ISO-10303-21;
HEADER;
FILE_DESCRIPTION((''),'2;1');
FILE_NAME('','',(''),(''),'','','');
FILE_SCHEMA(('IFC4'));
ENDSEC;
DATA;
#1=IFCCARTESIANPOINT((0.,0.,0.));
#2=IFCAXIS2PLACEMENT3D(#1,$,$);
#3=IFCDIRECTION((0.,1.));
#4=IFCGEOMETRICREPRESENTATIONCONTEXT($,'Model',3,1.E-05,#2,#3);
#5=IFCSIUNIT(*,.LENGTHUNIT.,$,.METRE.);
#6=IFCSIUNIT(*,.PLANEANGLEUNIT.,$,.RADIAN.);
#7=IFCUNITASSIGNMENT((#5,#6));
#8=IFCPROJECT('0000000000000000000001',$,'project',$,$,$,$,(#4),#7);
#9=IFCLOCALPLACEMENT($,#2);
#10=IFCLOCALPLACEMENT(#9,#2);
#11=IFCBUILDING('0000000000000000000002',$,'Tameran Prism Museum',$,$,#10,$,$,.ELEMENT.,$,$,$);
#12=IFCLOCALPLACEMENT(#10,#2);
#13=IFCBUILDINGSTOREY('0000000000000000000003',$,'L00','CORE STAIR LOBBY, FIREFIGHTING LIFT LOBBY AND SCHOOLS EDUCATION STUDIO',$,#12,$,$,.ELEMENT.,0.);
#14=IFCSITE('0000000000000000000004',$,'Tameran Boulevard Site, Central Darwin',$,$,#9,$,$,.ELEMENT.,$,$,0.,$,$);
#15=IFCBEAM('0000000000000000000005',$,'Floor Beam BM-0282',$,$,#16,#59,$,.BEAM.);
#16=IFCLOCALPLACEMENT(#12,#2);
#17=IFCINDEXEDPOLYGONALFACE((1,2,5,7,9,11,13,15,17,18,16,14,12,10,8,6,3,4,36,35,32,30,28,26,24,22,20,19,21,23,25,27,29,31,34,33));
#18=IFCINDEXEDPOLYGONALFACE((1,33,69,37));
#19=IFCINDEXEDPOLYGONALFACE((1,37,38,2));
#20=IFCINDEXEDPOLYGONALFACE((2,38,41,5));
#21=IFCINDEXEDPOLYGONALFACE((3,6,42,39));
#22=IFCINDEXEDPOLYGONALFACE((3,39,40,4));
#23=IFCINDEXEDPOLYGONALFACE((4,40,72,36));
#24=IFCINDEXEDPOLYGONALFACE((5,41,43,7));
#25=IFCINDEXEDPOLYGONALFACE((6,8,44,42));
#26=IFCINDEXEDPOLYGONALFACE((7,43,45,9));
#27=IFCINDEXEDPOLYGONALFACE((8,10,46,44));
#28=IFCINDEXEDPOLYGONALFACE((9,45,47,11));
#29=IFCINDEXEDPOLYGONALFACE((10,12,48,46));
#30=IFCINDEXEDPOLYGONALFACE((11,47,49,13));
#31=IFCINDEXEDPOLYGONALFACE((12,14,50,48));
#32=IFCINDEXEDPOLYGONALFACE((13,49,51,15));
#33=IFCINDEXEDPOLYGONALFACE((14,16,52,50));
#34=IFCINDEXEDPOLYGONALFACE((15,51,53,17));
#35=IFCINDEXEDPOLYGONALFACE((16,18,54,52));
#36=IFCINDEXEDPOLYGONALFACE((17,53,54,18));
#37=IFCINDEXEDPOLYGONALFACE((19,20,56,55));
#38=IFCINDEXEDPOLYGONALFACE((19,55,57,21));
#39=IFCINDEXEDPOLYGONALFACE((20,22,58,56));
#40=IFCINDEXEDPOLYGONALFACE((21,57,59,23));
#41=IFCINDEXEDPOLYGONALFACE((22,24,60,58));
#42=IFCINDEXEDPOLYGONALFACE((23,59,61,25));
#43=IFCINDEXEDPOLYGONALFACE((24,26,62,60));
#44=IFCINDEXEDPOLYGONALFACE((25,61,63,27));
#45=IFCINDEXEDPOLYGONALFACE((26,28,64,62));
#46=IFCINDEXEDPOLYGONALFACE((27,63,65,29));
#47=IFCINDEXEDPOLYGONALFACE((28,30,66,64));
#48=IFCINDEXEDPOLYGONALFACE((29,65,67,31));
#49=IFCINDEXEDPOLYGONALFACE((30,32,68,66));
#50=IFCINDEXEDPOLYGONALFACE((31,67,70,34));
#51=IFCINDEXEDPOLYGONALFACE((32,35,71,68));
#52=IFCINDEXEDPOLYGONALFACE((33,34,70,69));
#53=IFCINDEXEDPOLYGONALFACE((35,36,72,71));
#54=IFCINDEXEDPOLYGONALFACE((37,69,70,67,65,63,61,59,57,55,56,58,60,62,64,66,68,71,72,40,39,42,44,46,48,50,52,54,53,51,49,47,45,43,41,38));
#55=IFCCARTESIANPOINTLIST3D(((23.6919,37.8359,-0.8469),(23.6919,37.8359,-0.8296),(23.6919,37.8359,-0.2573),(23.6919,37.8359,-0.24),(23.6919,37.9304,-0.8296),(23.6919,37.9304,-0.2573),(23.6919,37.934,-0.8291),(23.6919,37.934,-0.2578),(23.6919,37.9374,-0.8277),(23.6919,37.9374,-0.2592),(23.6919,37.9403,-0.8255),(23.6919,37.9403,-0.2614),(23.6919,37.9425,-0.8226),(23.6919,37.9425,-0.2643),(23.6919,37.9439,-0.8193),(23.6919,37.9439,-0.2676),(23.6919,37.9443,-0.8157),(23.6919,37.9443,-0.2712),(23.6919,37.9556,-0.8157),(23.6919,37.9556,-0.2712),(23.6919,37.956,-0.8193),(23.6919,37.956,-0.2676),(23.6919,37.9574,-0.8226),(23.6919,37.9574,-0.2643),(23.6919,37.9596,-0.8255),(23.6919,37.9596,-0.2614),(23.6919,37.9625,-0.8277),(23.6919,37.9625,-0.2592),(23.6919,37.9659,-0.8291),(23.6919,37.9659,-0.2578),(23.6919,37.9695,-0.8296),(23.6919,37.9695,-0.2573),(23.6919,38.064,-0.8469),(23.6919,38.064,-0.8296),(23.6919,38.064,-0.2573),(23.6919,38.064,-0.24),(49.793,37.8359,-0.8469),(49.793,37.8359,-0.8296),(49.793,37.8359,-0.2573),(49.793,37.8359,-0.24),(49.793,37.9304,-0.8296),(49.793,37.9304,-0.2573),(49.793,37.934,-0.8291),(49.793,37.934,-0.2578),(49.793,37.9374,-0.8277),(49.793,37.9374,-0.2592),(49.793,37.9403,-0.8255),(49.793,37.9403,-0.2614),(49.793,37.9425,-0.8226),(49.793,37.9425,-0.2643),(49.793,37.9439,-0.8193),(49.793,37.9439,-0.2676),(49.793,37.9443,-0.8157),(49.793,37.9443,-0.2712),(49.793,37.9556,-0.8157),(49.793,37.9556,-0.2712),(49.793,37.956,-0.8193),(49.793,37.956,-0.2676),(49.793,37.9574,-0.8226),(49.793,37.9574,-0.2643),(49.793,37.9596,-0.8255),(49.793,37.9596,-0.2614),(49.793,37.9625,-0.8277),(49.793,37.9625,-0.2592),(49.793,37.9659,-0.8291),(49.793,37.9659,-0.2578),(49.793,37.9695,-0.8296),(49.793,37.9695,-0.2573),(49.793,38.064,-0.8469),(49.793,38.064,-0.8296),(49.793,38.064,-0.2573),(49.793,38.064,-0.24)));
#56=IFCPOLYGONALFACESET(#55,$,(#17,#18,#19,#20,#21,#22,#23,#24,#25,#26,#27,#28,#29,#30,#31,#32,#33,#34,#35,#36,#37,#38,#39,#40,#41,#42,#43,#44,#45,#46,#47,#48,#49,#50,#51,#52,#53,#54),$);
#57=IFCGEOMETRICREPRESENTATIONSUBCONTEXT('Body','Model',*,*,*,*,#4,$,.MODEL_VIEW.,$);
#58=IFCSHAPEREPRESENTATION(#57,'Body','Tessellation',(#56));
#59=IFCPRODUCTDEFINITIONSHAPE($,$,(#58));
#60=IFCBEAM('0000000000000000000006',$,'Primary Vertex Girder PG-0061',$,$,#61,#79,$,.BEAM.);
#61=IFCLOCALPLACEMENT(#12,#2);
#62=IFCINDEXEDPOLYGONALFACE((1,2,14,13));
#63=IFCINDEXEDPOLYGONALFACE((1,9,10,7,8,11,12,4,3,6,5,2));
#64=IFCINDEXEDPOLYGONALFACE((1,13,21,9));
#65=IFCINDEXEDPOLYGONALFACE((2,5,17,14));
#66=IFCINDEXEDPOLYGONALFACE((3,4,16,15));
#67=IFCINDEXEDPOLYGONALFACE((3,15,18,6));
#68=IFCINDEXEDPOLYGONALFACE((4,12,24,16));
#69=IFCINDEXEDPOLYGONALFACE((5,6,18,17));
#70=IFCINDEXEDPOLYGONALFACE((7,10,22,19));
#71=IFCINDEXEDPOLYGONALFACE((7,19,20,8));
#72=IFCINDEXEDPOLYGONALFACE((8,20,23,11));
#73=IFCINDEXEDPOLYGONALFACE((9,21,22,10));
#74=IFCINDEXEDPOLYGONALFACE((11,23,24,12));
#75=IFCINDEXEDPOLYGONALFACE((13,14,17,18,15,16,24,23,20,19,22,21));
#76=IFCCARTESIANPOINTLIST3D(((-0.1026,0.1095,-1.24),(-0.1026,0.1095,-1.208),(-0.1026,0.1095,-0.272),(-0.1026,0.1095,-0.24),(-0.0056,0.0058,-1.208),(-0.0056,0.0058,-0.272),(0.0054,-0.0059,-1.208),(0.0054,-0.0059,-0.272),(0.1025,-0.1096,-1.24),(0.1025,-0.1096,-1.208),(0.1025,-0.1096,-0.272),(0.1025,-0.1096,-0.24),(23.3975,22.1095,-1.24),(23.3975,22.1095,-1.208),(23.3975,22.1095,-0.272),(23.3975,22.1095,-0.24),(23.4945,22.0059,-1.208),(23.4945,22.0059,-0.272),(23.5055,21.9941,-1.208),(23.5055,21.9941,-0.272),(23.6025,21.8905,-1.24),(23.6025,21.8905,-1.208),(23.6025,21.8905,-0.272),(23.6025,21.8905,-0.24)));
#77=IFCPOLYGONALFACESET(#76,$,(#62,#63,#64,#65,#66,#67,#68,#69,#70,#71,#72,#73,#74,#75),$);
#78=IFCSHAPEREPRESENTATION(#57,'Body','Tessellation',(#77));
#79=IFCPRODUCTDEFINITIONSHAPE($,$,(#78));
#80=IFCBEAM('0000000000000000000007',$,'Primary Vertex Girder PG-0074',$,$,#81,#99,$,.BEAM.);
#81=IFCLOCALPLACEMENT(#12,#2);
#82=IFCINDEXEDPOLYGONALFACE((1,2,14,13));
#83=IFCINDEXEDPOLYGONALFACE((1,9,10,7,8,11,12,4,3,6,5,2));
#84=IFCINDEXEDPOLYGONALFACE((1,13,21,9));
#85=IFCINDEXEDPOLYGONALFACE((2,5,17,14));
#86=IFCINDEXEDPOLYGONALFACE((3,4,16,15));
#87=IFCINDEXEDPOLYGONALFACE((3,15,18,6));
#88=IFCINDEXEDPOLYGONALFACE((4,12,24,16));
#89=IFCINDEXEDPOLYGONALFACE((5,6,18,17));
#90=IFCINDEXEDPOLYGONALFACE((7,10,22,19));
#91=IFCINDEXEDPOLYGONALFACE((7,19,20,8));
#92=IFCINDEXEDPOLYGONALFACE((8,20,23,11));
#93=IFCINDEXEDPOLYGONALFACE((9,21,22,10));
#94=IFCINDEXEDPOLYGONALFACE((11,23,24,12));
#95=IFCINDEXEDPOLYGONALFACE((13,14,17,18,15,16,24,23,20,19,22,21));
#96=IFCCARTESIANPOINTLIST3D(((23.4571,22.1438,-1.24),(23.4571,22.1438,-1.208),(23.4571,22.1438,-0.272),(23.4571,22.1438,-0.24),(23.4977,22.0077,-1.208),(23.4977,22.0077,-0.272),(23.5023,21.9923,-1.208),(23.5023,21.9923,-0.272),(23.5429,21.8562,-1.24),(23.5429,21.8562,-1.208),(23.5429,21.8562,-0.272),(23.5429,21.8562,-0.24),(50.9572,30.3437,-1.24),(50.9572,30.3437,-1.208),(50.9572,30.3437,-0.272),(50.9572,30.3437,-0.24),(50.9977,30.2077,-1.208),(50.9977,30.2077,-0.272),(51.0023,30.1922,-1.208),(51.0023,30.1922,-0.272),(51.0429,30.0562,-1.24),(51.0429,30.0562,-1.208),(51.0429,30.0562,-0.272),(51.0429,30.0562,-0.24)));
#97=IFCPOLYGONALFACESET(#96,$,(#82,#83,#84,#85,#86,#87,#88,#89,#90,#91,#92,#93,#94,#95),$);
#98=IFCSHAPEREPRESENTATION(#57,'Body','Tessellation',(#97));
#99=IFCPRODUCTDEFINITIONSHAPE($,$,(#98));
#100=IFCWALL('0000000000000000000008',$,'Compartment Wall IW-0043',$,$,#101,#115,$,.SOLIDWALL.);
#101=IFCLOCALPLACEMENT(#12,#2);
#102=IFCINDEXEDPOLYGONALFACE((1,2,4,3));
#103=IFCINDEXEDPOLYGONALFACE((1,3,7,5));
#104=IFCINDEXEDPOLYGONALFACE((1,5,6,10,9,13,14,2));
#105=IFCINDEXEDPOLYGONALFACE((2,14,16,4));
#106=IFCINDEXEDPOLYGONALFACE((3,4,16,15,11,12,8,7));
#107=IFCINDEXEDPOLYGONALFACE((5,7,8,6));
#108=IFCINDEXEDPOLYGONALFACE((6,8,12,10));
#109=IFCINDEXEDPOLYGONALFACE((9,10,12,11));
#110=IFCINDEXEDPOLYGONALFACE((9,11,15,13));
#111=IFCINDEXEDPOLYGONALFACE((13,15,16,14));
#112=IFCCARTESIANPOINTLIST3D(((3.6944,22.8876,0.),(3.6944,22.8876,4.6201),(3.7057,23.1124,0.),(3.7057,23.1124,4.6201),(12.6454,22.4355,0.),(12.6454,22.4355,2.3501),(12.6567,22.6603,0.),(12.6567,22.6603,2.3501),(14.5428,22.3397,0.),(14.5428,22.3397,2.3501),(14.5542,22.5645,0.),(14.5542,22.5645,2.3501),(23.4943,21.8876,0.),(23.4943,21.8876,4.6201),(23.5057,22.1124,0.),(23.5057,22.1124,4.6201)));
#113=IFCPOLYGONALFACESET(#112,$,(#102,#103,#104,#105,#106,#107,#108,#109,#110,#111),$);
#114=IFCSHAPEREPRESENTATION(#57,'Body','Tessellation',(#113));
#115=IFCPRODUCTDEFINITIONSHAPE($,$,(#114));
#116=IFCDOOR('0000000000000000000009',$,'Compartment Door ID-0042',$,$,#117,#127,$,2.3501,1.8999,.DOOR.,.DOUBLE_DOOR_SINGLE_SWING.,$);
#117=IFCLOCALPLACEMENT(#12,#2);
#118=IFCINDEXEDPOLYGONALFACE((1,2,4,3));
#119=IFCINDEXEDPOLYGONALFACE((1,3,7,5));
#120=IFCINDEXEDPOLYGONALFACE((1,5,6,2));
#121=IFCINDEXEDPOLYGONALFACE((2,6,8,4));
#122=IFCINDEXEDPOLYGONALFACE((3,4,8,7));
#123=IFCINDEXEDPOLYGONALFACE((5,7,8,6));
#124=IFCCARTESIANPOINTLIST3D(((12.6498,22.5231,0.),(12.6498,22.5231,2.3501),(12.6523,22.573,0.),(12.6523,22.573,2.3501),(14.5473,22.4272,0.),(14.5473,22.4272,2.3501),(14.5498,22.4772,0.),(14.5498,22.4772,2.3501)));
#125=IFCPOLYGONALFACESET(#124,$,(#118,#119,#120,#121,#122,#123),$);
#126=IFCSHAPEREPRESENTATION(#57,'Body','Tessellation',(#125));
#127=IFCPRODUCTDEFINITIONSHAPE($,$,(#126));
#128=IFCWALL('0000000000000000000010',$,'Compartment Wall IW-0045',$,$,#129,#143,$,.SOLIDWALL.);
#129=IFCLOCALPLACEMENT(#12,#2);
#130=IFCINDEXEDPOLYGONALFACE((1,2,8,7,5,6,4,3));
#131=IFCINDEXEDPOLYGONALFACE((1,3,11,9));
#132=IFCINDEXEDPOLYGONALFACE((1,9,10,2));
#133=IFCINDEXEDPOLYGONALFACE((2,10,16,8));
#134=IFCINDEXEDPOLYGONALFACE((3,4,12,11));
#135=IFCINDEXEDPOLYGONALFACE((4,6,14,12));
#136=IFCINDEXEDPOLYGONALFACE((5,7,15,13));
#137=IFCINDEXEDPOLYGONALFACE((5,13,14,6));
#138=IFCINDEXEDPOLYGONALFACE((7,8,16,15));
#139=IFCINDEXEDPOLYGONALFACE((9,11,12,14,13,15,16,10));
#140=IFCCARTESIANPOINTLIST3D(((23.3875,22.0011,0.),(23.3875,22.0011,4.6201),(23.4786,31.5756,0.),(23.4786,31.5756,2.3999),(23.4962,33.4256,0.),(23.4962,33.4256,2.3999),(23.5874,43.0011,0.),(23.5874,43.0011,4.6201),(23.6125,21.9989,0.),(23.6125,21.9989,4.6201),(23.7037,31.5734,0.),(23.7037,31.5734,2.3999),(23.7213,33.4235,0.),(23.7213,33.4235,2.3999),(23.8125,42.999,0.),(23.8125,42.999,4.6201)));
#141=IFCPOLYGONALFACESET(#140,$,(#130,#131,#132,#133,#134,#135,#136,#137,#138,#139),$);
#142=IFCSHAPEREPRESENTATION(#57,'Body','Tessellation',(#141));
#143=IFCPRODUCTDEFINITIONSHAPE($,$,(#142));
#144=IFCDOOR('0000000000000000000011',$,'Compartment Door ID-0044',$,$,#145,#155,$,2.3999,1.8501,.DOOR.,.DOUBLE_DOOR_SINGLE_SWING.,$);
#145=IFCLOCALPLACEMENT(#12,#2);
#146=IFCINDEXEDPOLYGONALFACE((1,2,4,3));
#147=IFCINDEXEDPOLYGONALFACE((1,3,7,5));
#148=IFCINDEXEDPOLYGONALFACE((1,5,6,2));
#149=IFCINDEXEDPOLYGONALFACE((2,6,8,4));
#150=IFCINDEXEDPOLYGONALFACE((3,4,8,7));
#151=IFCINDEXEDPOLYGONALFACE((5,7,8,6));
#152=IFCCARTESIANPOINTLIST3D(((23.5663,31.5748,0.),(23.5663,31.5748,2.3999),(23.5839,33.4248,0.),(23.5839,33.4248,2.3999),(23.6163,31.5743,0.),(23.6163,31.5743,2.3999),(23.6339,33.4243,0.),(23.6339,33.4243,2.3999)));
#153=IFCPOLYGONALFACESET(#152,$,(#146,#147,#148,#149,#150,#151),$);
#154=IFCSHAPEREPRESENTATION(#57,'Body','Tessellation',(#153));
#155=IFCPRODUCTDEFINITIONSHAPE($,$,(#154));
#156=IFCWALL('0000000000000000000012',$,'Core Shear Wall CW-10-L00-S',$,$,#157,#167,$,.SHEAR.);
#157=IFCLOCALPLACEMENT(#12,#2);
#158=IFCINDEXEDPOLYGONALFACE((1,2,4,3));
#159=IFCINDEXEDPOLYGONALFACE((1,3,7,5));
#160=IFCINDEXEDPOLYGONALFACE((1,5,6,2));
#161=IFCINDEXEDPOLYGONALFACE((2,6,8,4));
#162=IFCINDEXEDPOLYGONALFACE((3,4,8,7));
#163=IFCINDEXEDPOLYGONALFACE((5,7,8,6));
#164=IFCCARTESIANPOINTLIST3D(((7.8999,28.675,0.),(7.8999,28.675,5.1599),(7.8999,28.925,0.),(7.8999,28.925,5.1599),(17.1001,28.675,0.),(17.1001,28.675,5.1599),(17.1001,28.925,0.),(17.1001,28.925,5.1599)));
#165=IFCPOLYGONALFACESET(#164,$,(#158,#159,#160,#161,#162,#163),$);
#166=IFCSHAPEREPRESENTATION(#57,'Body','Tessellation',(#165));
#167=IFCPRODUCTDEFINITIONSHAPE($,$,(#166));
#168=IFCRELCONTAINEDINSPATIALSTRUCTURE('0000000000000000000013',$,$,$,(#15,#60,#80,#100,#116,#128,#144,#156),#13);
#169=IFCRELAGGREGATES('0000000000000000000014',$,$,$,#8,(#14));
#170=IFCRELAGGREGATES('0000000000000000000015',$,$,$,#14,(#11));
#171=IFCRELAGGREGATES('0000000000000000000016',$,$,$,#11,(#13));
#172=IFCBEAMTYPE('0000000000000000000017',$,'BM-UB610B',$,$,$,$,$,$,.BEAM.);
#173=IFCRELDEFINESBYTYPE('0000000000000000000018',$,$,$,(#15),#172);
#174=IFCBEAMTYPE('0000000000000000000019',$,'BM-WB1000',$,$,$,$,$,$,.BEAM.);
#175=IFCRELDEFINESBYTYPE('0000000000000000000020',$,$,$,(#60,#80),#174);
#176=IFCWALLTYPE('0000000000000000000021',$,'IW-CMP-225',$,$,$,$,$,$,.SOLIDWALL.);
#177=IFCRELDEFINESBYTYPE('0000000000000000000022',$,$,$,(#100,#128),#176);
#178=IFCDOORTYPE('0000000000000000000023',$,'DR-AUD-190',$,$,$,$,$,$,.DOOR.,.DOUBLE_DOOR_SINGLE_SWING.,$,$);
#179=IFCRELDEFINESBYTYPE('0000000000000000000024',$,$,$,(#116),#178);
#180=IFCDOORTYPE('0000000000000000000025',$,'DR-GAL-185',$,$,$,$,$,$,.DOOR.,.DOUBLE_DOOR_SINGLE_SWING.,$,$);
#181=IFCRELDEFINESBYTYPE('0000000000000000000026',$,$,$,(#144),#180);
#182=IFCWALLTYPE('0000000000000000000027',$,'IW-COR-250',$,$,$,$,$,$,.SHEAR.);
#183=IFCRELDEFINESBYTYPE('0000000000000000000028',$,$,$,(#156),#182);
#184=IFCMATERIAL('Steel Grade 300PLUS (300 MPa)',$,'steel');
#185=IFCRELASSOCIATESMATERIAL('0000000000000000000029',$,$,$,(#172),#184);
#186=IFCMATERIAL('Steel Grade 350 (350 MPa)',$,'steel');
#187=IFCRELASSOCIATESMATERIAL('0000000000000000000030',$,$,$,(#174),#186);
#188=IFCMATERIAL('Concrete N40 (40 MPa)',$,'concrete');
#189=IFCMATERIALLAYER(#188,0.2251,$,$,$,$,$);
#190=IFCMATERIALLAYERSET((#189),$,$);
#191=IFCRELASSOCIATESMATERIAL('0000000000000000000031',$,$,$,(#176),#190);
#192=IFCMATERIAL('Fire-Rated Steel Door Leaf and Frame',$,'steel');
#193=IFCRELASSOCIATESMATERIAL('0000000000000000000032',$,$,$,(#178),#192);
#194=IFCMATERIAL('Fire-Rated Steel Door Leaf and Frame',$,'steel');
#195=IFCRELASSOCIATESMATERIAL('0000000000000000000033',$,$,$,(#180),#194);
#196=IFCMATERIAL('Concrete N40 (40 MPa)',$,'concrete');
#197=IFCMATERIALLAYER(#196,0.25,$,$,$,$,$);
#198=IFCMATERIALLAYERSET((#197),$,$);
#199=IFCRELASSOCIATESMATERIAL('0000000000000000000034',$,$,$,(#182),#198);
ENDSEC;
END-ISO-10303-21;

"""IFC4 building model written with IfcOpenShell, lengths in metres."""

from ifc_helpers import new_model, si_unit, direction, frame, frame_2d, origin, origin_2d, place, context, subcontext, project, spatial, rectangle, i_section, extrude, material, layer, layer_set, material_profile, profile_set, type_object, element, fill, save


model = new_model("IFC4")

# Units and contexts
model_context = context("Model", 3, precision=1e-05, world=origin(), true_north=direction((0.0, 1.0)))
body_context = subcontext(model_context, "Body", "Model", "MODEL_VIEW")
ifc_project = project(units=[si_unit("LENGTHUNIT", "METRE"), si_unit("PLANEANGLEUNIT", "RADIAN")], contexts=[model_context])

# Site, building, storey
site_placement = place(None, origin())
site = spatial("IfcSite", under=ifc_project, at=site_placement, Name="Tameran Boulevard Site, Central Darwin", CompositionType="ELEMENT", RefElevation=0.0)
building_placement = place(site_placement, origin())
building = spatial("IfcBuilding", under=site, at=building_placement, Name="Tameran Prism Museum", CompositionType="ELEMENT")
storey_placement = place(building_placement, origin())
storey = spatial("IfcBuildingStorey", under=building, at=storey_placement, Name="L00", Description="CORE STAIR LOBBY, FIREFIGHTING LIFT LOBBY AND SCHOOLS EDUCATION STUDIO", CompositionType="ELEMENT", Elevation=0.0)

# Beams
ifc_material_1 = material(Name="Steel Grade 300PLUS (300 MPa)", Category="steel")
ifc_material_profile_1 = material_profile(ifc_material_1, i_section(OverallWidth=0.228, OverallDepth=0.6069, WebThickness=0.0112, FlangeThickness=0.0173, FilletRadius=0.0139, at=origin_2d()))
ifc_profile_set_1 = profile_set([ifc_material_profile_1])
beam_type_1 = type_object("IfcBeamType", Name="BM-UB610B", PredefinedType="BEAM", material=ifc_profile_set_1)
beam_1_placement = place(storey_placement, frame((23.6919, 37.95, -0.5435), z_axis=(1.0, 0.0, 0.0), x_axis=(0.0, 1.0, 0.0)))
element("IfcBeam", 1, at=beam_1_placement, inside=storey, type_object=beam_type_1, Name="Floor Beam BM-0282", PredefinedType="BEAM", context=body_context, shape_type="SweptSolid", body=[
    extrude(i_section(OverallWidth=0.228, OverallDepth=0.6069, WebThickness=0.0112, FlangeThickness=0.0173, FilletRadius=0.0139, at=origin_2d()), origin(), (0.0, 0.0, 1.0), 26.1011),
])
ifc_material_2 = material(Name="Steel Grade 350 (350 MPa)", Category="steel")
ifc_material_profile_2 = material_profile(ifc_material_2, i_section(OverallWidth=0.3, OverallDepth=1.0, WebThickness=0.0161, FlangeThickness=0.032, at=origin_2d()))
ifc_profile_set_2 = profile_set([ifc_material_profile_2])
beam_type_2 = type_object("IfcBeamType", Name="BM-WB1000", PredefinedType="BEAM", material=ifc_profile_set_2)
beam_2_placement = place(storey_placement, frame((23.5, 22.0, -0.74), z_axis=(-0.730021, -0.683424, 0.0), x_axis=(0.683424, -0.730021, 0.0)))
element("IfcBeam", 2, at=beam_2_placement, inside=storey, type_object=beam_type_2, Name="Primary Vertex Girder PG-0061", PredefinedType="BEAM", context=body_context, shape_type="SweptSolid", body=[
    extrude(i_section(OverallWidth=0.3, OverallDepth=1.0, WebThickness=0.0161, FlangeThickness=0.032, at=origin_2d()), origin(), (0.0, 0.0, 1.0), 32.1909),
])
beam_3_placement = place(storey_placement, frame((23.5, 22.0, -0.74), z_axis=(0.958305, 0.285747, 0.0), x_axis=(-0.285747, 0.958305, 0.0)))
element("IfcBeam", 3, at=beam_3_placement, inside=storey, type_object=beam_type_2, Name="Primary Vertex Girder PG-0074", PredefinedType="BEAM", context=body_context, shape_type="SweptSolid", body=[
    extrude(i_section(OverallWidth=0.3, OverallDepth=1.0, WebThickness=0.0161, FlangeThickness=0.032, at=origin_2d()), origin(), (0.0, 0.0, 1.0), 28.6965),
])

# Walls, openings, doors
ifc_material_3 = material(Name="Concrete N40 (40 MPa)", Category="concrete")
ifc_layer_1 = layer(ifc_material_3, 0.2251)
ifc_layer_set_1 = layer_set([ifc_layer_1])
wall_type_1 = type_object("IfcWallType", Name="IW-CMP-225", PredefinedType="SOLIDWALL", material=ifc_layer_set_1)
wall_1_placement = place(storey_placement, frame((23.5, 22.0, 0.0), z_axis=(0.0, 0.0, 1.0), x_axis=(-0.998727, 0.050441, 0.0)))
wall_1 = element("IfcWall", 4, at=wall_1_placement, inside=storey, type_object=wall_type_1, Name="Compartment Wall IW-0043", PredefinedType="SOLIDWALL", context=body_context, shape_type="SweptSolid", body=[
    extrude(rectangle(XDim=19.8252, YDim=0.2251, at=frame_2d((9.9126, 0.0))), origin(), (0.0, 0.0, 1.0), 4.6201),
])
opening_1_placement = place(wall_1_placement, frame((8.9629, 0.0, 0.0)))
opening_1 = element("IfcOpeningElement", 5, at=opening_1_placement, cuts=wall_1, PredefinedType="OPENING", context=body_context, shape_type="SweptSolid", body=[
    extrude(rectangle(XDim=1.8999, YDim=2.3501, at=frame_2d((0.95, 1.175))), frame((0.0, 0.1226, 0.0), z_axis=(0.0, -1.0, 0.0), x_axis=(1.0, 0.0, 0.0)), (0.0, 0.0, 1.0), 0.2451),
])
ifc_material_4 = material(Name="Fire-Rated Steel Door Leaf and Frame", Category="steel")
door_type_1 = type_object("IfcDoorType", Name="DR-AUD-190", OperationType="DOUBLE_DOOR_SINGLE_SWING", PredefinedType="DOOR", material=ifc_material_4)
door_1_placement = place(opening_1_placement, origin())
door_1 = element("IfcDoor", 6, at=door_1_placement, inside=storey, type_object=door_type_1, Name="Compartment Door ID-0042", OperationType="DOUBLE_DOOR_SINGLE_SWING", OverallHeight=2.3501, OverallWidth=1.8999, PredefinedType="DOOR", context=body_context, shape_type="SweptSolid", body=[
    extrude(rectangle(XDim=1.8999, YDim=2.3501, at=frame_2d((0.95, 1.175))), frame((0.0, 0.0249, 0.0), z_axis=(0.0, -1.0, 0.0), x_axis=(1.0, 0.0, 0.0)), (0.0, 0.0, 1.0), 0.05),
])
fill(opening_1, door_1)
wall_2_placement = place(storey_placement, frame((23.5, 22.0, 0.0), z_axis=(0.0, 0.0, 1.0), x_axis=(0.009521, 0.999955, 0.0)))
wall_2 = element("IfcWall", 7, at=wall_2_placement, inside=storey, type_object=wall_type_1, Name="Compartment Wall IW-0045", PredefinedType="SOLIDWALL", context=body_context, shape_type="SweptSolid", body=[
    extrude(rectangle(XDim=21.001, YDim=0.2251, at=frame_2d((10.5005, 0.0))), origin(), (0.0, 0.0, 1.0), 4.6201),
])
opening_2_placement = place(wall_2_placement, frame((9.575, 0.0, 0.0)))
opening_2 = element("IfcOpeningElement", 8, at=opening_2_placement, cuts=wall_2, PredefinedType="OPENING", context=body_context, shape_type="SweptSolid", body=[
    extrude(rectangle(XDim=1.8501, YDim=2.3999, at=frame_2d((0.925, 1.2))), frame((0.0, 0.1226, 0.0), z_axis=(0.0, -1.0, 0.0), x_axis=(1.0, 0.0, 0.0)), (0.0, 0.0, 1.0), 0.2451),
])
ifc_material_5 = material(Name="Fire-Rated Steel Door Leaf and Frame", Category="steel")
door_type_2 = type_object("IfcDoorType", Name="DR-GAL-185", OperationType="DOUBLE_DOOR_SINGLE_SWING", PredefinedType="DOOR", material=ifc_material_5)
door_2_placement = place(opening_2_placement, origin())
door_2 = element("IfcDoor", 9, at=door_2_placement, inside=storey, type_object=door_type_2, Name="Compartment Door ID-0044", OperationType="DOUBLE_DOOR_SINGLE_SWING", OverallHeight=2.3999, OverallWidth=1.8501, PredefinedType="DOOR", context=body_context, shape_type="SweptSolid", body=[
    extrude(rectangle(XDim=1.8501, YDim=2.3999, at=frame_2d((0.925, 1.2))), frame((0.0, 0.0249, 0.0), z_axis=(0.0, -1.0, 0.0), x_axis=(1.0, 0.0, 0.0)), (0.0, 0.0, 1.0), 0.05),
])
fill(opening_2, door_2)

# Wall
ifc_material_6 = material(Name="Concrete N40 (40 MPa)", Category="concrete")
ifc_layer_2 = layer(ifc_material_6, 0.25)
ifc_layer_set_2 = layer_set([ifc_layer_2])
wall_type_2 = type_object("IfcWallType", Name="IW-COR-250", PredefinedType="SHEAR", material=ifc_layer_set_2)
wall_3_placement = place(storey_placement, frame((17.1001, 28.8, 0.0), z_axis=(0.0, 0.0, 1.0), x_axis=(-1.0, 0.0, 0.0)))
element("IfcWall", 10, at=wall_3_placement, inside=storey, type_object=wall_type_2, Name="Core Shear Wall CW-10-L00-S", PredefinedType="SHEAR", context=body_context, shape_type="SweptSolid", body=[
    extrude(rectangle(XDim=9.2002, YDim=0.25, at=frame_2d((4.6001, 0.0))), origin(), (0.0, 0.0, 1.0), 5.1599),
])

save(model, "model.ifc")
